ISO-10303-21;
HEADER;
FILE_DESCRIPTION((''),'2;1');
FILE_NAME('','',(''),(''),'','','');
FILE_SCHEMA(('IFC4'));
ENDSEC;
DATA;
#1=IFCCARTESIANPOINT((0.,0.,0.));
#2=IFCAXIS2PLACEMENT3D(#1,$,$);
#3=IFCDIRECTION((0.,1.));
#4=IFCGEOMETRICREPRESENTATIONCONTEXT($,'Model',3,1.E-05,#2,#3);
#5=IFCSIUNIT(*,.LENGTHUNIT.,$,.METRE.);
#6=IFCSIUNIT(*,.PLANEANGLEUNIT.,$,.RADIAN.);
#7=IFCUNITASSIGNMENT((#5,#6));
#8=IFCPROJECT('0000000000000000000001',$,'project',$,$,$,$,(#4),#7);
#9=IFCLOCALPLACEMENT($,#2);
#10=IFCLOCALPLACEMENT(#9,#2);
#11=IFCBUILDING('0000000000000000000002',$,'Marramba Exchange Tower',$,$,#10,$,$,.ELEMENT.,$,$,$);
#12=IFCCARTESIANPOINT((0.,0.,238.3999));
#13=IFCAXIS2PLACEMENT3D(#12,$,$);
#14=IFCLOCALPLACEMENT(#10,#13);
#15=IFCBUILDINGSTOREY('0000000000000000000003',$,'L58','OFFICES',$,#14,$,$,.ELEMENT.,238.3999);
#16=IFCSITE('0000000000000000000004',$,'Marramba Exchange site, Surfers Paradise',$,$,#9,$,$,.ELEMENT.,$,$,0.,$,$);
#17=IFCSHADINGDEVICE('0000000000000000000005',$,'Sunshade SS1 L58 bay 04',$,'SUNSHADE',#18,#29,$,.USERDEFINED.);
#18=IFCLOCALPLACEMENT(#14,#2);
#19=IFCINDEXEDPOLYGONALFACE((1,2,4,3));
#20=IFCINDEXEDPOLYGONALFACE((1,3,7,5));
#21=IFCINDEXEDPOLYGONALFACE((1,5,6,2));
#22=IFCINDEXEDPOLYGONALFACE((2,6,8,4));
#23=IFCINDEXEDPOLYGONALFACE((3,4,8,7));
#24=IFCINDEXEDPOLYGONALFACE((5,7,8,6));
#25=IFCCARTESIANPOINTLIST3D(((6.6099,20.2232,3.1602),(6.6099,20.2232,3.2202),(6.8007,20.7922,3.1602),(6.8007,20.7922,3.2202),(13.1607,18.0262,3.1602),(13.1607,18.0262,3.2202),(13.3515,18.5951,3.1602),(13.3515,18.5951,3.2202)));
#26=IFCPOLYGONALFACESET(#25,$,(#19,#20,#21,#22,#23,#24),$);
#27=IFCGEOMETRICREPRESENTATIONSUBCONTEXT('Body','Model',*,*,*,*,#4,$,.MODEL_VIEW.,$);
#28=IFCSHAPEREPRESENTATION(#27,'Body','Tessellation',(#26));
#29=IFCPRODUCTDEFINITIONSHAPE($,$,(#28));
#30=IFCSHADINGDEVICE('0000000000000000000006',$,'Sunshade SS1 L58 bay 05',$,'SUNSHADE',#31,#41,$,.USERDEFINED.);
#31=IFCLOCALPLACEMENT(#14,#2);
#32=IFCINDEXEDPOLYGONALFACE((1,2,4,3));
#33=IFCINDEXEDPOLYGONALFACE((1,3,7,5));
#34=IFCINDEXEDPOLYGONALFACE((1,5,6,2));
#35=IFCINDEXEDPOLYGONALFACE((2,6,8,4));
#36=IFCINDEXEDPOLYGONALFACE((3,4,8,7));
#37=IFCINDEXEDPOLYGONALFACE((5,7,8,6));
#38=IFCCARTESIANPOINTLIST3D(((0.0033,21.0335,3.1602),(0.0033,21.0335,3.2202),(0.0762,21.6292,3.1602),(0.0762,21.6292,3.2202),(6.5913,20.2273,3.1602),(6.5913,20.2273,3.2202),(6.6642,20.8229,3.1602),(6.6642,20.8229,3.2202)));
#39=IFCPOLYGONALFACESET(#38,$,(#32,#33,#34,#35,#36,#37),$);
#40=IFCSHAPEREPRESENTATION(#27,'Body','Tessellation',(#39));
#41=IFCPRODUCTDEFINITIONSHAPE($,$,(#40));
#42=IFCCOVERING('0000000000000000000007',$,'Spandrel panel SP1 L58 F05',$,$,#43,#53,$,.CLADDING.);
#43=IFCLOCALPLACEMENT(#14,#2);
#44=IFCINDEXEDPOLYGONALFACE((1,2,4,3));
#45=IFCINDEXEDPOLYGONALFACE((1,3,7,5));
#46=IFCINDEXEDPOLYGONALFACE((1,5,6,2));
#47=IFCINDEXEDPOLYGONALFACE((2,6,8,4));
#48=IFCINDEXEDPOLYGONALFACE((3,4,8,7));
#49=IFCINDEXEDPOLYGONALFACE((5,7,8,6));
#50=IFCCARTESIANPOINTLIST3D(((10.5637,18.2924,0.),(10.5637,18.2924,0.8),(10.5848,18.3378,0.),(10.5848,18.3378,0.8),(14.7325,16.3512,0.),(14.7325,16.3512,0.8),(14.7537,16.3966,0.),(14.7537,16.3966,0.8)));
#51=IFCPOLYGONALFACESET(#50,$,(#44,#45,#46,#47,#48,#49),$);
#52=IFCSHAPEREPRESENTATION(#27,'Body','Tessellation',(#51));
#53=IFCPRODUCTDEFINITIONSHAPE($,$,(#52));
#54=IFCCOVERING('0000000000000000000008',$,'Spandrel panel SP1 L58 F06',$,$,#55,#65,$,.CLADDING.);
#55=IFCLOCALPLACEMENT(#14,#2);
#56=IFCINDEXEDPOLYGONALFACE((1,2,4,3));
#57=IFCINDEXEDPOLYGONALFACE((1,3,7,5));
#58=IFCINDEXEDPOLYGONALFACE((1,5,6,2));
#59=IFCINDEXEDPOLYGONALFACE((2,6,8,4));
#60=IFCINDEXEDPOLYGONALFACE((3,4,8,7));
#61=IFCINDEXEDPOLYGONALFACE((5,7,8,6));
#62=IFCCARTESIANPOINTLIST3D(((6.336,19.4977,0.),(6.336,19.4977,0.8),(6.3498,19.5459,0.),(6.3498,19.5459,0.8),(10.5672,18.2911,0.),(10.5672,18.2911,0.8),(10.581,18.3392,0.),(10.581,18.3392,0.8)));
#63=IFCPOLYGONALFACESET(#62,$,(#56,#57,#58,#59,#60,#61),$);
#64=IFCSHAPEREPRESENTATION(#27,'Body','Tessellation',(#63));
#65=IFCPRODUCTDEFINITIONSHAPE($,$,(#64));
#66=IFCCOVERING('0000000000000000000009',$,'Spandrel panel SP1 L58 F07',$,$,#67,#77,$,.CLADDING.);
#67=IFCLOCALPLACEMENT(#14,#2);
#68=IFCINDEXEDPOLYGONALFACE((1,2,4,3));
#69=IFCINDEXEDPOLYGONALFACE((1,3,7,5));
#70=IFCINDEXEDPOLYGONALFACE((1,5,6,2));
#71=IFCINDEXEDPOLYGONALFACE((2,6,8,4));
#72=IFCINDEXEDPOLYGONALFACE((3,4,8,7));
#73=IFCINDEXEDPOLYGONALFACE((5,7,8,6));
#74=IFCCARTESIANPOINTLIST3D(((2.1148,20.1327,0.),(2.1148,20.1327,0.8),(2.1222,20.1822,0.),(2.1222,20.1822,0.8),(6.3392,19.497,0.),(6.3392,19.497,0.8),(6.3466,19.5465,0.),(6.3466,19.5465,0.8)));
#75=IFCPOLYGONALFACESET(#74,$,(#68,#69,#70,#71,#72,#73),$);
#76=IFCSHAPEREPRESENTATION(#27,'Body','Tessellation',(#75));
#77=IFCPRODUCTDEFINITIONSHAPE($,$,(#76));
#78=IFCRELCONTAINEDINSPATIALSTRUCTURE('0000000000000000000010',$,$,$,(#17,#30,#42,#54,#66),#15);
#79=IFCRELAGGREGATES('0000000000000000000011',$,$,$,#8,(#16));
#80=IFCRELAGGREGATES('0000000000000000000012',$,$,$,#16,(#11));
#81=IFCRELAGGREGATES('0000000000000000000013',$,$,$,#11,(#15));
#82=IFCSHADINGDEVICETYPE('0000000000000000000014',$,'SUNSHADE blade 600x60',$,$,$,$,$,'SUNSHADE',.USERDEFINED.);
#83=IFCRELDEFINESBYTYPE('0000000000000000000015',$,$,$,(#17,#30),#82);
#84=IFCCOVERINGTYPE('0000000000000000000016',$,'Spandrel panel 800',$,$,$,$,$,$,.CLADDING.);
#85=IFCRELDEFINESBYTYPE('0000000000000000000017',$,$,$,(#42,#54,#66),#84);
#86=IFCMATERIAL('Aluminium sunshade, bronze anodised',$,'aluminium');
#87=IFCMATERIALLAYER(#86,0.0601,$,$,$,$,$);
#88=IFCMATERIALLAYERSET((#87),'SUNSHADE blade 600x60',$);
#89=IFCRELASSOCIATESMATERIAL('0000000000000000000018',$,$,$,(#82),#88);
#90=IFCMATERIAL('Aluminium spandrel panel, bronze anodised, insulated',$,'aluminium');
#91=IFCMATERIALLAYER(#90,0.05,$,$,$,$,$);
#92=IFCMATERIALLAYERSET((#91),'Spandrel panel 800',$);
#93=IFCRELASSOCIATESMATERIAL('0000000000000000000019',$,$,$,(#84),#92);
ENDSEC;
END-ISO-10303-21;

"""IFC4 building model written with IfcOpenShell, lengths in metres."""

from ifc_helpers import new_model, si_unit, direction, frame, origin, origin_2d, place, context, subcontext, project, spatial, rectangle, extrude, material, layer, layer_set, type_object, element, save


model = new_model("IFC4")

# Units and contexts
model_context = context("Model", 3, precision=1e-05, world=origin(), true_north=direction((0.0, 1.0)))
body_context = subcontext(model_context, "Body", "Model", "MODEL_VIEW")
ifc_project = project(units=[si_unit("LENGTHUNIT", "METRE"), si_unit("PLANEANGLEUNIT", "RADIAN")], contexts=[model_context])

# Site, building, storey
site_placement = place(None, origin())
site = spatial("IfcSite", under=ifc_project, at=site_placement, Name="Marramba Exchange site, Surfers Paradise", CompositionType="ELEMENT", RefElevation=0.0)
building_placement = place(site_placement, origin())
building = spatial("IfcBuilding", under=site, at=building_placement, Name="Marramba Exchange Tower", CompositionType="ELEMENT")
storey_placement = place(building_placement, frame((0.0, 0.0, 238.3999)))
storey = spatial("IfcBuildingStorey", under=building, at=storey_placement, Name="L58", Description="OFFICES", CompositionType="ELEMENT", Elevation=238.3999)

# Shading devices
ifc_material_1 = material(Name="Aluminium sunshade, bronze anodised", Category="aluminium")
ifc_layer_1 = layer(ifc_material_1, 0.0601)
ifc_layer_set_1 = layer_set([ifc_layer_1], Name="SUNSHADE blade 600x60")
shading_device_type_1 = type_object("IfcShadingDeviceType", Name="SUNSHADE blade 600x60", ElementType="SUNSHADE", PredefinedType="USERDEFINED", material=ifc_layer_set_1)
shading_device_1_placement = place(storey_placement, frame((9.9807, 19.4092, 3.1602), z_axis=(0.0, 0.0, 1.0), x_axis=(-0.948096, 0.317983, 0.0)))
element("IfcShadingDevice", 1, at=shading_device_1_placement, inside=storey, type_object=shading_device_type_1, Name="Sunshade SS1 L58 bay 04", ObjectType="SUNSHADE", PredefinedType="USERDEFINED", context=body_context, shape_type="SweptSolid", body=[
    extrude(rectangle(XDim=6.9094, YDim=0.6001, at=origin_2d()), origin(), (0.0, 0.0, 1.0), 0.0601),
])
shading_device_2_placement = place(storey_placement, frame((3.3337, 20.9282, 3.1602), z_axis=(0.0, 0.0, 1.0), x_axis=(-0.992595, 0.121469, 0.0)))
element("IfcShadingDevice", 2, at=shading_device_2_placement, inside=storey, type_object=shading_device_type_1, Name="Sunshade SS1 L58 bay 05", ObjectType="SUNSHADE", PredefinedType="USERDEFINED", context=body_context, shape_type="SweptSolid", body=[
    extrude(rectangle(XDim=6.6372, YDim=0.6001, at=origin_2d()), origin(), (0.0, 0.0, 1.0), 0.0601),
])

# Coverings
ifc_material_2 = material(Name="Aluminium spandrel panel, bronze anodised, insulated", Category="aluminium")
ifc_layer_2 = layer(ifc_material_2, 0.05)
ifc_layer_set_2 = layer_set([ifc_layer_2], Name="Spandrel panel 800")
covering_type = type_object("IfcCoveringType", Name="Spandrel panel 800", PredefinedType="CLADDING", material=ifc_layer_set_2)
covering_1_placement = place(storey_placement, frame((12.6587, 17.3445, 0.0), z_axis=(0.0, 0.0, 1.0), x_axis=(-0.906534, 0.422133, 0.0)))
element("IfcCovering", 3, at=covering_1_placement, inside=storey, type_object=covering_type, Name="Spandrel panel SP1 L58 F05", PredefinedType="CLADDING", context=body_context, shape_type="SweptSolid", body=[
    extrude(rectangle(XDim=4.5986, YDim=0.05, at=origin_2d()), origin(), (0.0, 0.0, 1.0), 0.8),
])
covering_2_placement = place(storey_placement, frame((8.4585, 18.9185, 0.0), z_axis=(0.0, 0.0, 1.0), x_axis=(-0.961659, 0.274248, 0.0)))
element("IfcCovering", 4, at=covering_2_placement, inside=storey, type_object=covering_type, Name="Spandrel panel SP1 L58 F06", PredefinedType="CLADDING", context=body_context, shape_type="SweptSolid", body=[
    extrude(rectangle(XDim=4.3999, YDim=0.05, at=origin_2d()), origin(), (0.0, 0.0, 1.0), 0.8),
])
covering_3_placement = place(storey_placement, frame((4.2307, 19.8396, 0.0), z_axis=(0.0, 0.0, 1.0), x_axis=(-0.988868, 0.148795, 0.0)))
element("IfcCovering", 5, at=covering_3_placement, inside=storey, type_object=covering_type, Name="Spandrel panel SP1 L58 F07", PredefinedType="CLADDING", context=body_context, shape_type="SweptSolid", body=[
    extrude(rectangle(XDim=4.272, YDim=0.05, at=origin_2d()), origin(), (0.0, 0.0, 1.0), 0.8),
])

save(model, "model.ifc")
